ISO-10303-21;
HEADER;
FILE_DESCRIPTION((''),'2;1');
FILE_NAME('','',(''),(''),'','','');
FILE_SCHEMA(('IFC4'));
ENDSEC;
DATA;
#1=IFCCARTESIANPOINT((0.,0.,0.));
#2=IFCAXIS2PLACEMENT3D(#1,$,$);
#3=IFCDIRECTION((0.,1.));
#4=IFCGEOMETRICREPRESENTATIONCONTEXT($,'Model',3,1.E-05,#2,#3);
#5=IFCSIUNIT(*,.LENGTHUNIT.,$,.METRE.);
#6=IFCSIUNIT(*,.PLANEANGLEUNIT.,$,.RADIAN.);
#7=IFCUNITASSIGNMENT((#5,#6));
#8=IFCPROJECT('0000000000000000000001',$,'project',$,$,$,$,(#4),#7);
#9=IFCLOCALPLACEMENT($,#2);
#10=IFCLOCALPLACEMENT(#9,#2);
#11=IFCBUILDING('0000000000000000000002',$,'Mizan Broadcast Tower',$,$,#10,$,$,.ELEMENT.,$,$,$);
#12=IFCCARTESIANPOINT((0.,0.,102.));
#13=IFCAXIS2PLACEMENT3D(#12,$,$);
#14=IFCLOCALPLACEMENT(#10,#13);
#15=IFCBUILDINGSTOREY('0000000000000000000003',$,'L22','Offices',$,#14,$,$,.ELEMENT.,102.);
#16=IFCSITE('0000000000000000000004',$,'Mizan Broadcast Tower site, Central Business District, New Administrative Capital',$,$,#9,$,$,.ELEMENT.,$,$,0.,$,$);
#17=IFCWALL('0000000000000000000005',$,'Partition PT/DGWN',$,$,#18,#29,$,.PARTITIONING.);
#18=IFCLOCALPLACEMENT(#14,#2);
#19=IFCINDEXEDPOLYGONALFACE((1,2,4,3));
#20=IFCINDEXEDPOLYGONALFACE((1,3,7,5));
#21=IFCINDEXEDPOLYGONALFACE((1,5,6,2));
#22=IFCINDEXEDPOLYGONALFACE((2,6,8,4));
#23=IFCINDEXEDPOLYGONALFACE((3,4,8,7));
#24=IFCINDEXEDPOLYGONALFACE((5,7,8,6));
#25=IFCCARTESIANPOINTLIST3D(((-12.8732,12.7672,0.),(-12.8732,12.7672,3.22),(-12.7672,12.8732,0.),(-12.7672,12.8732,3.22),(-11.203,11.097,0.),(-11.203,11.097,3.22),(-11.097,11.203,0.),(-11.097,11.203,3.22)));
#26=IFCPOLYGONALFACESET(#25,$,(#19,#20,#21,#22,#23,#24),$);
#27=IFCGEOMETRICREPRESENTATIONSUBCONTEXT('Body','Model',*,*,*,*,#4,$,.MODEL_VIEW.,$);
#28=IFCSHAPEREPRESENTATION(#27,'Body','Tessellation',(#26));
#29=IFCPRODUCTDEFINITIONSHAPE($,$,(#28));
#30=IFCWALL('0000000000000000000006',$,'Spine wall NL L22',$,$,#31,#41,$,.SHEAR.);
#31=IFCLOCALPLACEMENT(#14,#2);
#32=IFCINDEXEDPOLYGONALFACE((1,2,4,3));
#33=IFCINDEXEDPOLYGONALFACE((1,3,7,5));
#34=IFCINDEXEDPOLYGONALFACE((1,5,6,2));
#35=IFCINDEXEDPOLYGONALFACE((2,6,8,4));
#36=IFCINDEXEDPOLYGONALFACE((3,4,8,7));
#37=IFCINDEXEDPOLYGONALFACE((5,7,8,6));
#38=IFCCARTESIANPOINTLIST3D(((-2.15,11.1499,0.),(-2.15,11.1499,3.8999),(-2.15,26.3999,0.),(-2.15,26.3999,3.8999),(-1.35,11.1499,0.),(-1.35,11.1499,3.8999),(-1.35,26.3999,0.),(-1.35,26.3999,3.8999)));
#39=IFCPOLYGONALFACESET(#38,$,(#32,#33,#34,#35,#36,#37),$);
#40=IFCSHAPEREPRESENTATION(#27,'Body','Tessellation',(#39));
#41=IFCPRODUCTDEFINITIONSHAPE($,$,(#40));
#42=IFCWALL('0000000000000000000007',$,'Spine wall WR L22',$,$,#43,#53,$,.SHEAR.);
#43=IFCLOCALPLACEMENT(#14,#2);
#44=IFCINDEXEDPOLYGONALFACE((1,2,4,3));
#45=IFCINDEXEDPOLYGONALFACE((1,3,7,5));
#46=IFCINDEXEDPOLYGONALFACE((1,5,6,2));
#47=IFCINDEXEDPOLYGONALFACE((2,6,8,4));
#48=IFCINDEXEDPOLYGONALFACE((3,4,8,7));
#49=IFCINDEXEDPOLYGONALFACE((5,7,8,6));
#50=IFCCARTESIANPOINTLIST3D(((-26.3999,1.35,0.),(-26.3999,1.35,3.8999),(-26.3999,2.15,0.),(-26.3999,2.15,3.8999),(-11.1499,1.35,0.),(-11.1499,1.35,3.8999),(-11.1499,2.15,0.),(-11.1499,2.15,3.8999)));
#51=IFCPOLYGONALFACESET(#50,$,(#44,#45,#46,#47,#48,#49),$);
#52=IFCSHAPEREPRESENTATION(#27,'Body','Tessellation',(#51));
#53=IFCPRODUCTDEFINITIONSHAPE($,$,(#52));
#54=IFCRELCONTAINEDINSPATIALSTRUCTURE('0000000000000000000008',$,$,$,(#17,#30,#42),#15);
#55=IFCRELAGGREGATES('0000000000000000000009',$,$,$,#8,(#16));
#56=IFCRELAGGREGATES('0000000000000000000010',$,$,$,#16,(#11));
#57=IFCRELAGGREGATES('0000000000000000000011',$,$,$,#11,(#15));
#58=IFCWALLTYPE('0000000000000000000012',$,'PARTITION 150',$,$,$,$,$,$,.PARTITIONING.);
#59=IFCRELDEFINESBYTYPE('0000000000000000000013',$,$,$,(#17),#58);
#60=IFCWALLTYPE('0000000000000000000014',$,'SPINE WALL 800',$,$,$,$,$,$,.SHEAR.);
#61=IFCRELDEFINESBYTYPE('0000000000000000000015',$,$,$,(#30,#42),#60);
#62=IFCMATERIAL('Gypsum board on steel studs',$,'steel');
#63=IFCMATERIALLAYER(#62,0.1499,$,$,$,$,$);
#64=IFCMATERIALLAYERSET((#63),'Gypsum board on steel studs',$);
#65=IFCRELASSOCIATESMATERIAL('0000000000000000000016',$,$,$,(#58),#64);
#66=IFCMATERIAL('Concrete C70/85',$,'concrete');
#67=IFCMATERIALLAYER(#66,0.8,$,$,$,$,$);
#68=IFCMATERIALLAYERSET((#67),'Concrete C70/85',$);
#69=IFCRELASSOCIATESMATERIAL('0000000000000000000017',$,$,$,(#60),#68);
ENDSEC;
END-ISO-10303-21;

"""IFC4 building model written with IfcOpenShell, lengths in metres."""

from ifc_helpers import new_model, si_unit, direction, frame, frame_2d, origin, place, context, subcontext, project, spatial, rectangle, extrude, material, layer, layer_set, type_object, element, save


model = new_model("IFC4")

# Units and contexts
model_context = context("Model", 3, precision=1e-05, world=origin(), true_north=direction((0.0, 1.0)))
body_context = subcontext(model_context, "Body", "Model", "MODEL_VIEW")
ifc_project = project(units=[si_unit("LENGTHUNIT", "METRE"), si_unit("PLANEANGLEUNIT", "RADIAN")], contexts=[model_context])

# Site, building, storey
site_placement = place(None, origin())
site = spatial("IfcSite", under=ifc_project, at=site_placement, Name="Mizan Broadcast Tower site, Central Business District, New Administrative Capital", CompositionType="ELEMENT", RefElevation=0.0)
building_placement = place(site_placement, origin())
building = spatial("IfcBuilding", under=site, at=building_placement, Name="Mizan Broadcast Tower", CompositionType="ELEMENT")
storey_placement = place(building_placement, frame((0.0, 0.0, 102.0)))
storey = spatial("IfcBuildingStorey", under=building, at=storey_placement, Name="L22", Description="Offices", CompositionType="ELEMENT", Elevation=102.0)

# Walls
ifc_material_1 = material(Name="Gypsum board on steel studs", Category="steel")
ifc_layer_1 = layer(ifc_material_1, 0.1499)
ifc_layer_set_1 = layer_set([ifc_layer_1], Name="Gypsum board on steel studs")
wall_type_1 = type_object("IfcWallType", Name="PARTITION 150", PredefinedType="PARTITIONING", material=ifc_layer_set_1)
wall_1_placement = place(storey_placement, frame((-11.1499, 11.1499, 0.0), z_axis=(0.0, 0.0, 1.0), x_axis=(-0.707107, 0.707107, 0.0)))
element("IfcWall", 1, at=wall_1_placement, inside=storey, type_object=wall_type_1, Name="Partition PT/DGWN", PredefinedType="PARTITIONING", context=body_context, shape_type="SweptSolid", body=[
    extrude(rectangle(XDim=2.3621, YDim=0.1499, at=frame_2d((1.1812, 0.0))), origin(), (0.0, 0.0, 1.0), 3.22),
])
ifc_material_2 = material(Name="Concrete C70/85", Category="concrete")
ifc_layer_2 = layer(ifc_material_2, 0.8)
ifc_layer_set_2 = layer_set([ifc_layer_2], Name="Concrete C70/85")
wall_type_2 = type_object("IfcWallType", Name="SPINE WALL 800", PredefinedType="SHEAR", material=ifc_layer_set_2)
for number, where, z_axis, x_axis, name in (
    (2, (-1.75, 11.1499, 0.0), (0.0, 0.0, 1.0), (0.0, 1.0, 0.0), "Spine wall NL L22"),
    (3, (-11.1499, 1.75, 0.0), (0.0, 0.0, 1.0), (-1.0, 0.0, 0.0), "Spine wall WR L22"),
):
    element("IfcWall", number, at=place(storey_placement, frame(where, z_axis=z_axis, x_axis=x_axis)), inside=storey, type_object=wall_type_2, Name=name, PredefinedType="SHEAR", context=body_context, shape_type="SweptSolid", body=[
        extrude(rectangle(XDim=15.25, YDim=0.8, at=frame_2d((7.625, 0.0))), origin(), (0.0, 0.0, 1.0), 3.8999),
    ])

save(model, "model.ifc")
